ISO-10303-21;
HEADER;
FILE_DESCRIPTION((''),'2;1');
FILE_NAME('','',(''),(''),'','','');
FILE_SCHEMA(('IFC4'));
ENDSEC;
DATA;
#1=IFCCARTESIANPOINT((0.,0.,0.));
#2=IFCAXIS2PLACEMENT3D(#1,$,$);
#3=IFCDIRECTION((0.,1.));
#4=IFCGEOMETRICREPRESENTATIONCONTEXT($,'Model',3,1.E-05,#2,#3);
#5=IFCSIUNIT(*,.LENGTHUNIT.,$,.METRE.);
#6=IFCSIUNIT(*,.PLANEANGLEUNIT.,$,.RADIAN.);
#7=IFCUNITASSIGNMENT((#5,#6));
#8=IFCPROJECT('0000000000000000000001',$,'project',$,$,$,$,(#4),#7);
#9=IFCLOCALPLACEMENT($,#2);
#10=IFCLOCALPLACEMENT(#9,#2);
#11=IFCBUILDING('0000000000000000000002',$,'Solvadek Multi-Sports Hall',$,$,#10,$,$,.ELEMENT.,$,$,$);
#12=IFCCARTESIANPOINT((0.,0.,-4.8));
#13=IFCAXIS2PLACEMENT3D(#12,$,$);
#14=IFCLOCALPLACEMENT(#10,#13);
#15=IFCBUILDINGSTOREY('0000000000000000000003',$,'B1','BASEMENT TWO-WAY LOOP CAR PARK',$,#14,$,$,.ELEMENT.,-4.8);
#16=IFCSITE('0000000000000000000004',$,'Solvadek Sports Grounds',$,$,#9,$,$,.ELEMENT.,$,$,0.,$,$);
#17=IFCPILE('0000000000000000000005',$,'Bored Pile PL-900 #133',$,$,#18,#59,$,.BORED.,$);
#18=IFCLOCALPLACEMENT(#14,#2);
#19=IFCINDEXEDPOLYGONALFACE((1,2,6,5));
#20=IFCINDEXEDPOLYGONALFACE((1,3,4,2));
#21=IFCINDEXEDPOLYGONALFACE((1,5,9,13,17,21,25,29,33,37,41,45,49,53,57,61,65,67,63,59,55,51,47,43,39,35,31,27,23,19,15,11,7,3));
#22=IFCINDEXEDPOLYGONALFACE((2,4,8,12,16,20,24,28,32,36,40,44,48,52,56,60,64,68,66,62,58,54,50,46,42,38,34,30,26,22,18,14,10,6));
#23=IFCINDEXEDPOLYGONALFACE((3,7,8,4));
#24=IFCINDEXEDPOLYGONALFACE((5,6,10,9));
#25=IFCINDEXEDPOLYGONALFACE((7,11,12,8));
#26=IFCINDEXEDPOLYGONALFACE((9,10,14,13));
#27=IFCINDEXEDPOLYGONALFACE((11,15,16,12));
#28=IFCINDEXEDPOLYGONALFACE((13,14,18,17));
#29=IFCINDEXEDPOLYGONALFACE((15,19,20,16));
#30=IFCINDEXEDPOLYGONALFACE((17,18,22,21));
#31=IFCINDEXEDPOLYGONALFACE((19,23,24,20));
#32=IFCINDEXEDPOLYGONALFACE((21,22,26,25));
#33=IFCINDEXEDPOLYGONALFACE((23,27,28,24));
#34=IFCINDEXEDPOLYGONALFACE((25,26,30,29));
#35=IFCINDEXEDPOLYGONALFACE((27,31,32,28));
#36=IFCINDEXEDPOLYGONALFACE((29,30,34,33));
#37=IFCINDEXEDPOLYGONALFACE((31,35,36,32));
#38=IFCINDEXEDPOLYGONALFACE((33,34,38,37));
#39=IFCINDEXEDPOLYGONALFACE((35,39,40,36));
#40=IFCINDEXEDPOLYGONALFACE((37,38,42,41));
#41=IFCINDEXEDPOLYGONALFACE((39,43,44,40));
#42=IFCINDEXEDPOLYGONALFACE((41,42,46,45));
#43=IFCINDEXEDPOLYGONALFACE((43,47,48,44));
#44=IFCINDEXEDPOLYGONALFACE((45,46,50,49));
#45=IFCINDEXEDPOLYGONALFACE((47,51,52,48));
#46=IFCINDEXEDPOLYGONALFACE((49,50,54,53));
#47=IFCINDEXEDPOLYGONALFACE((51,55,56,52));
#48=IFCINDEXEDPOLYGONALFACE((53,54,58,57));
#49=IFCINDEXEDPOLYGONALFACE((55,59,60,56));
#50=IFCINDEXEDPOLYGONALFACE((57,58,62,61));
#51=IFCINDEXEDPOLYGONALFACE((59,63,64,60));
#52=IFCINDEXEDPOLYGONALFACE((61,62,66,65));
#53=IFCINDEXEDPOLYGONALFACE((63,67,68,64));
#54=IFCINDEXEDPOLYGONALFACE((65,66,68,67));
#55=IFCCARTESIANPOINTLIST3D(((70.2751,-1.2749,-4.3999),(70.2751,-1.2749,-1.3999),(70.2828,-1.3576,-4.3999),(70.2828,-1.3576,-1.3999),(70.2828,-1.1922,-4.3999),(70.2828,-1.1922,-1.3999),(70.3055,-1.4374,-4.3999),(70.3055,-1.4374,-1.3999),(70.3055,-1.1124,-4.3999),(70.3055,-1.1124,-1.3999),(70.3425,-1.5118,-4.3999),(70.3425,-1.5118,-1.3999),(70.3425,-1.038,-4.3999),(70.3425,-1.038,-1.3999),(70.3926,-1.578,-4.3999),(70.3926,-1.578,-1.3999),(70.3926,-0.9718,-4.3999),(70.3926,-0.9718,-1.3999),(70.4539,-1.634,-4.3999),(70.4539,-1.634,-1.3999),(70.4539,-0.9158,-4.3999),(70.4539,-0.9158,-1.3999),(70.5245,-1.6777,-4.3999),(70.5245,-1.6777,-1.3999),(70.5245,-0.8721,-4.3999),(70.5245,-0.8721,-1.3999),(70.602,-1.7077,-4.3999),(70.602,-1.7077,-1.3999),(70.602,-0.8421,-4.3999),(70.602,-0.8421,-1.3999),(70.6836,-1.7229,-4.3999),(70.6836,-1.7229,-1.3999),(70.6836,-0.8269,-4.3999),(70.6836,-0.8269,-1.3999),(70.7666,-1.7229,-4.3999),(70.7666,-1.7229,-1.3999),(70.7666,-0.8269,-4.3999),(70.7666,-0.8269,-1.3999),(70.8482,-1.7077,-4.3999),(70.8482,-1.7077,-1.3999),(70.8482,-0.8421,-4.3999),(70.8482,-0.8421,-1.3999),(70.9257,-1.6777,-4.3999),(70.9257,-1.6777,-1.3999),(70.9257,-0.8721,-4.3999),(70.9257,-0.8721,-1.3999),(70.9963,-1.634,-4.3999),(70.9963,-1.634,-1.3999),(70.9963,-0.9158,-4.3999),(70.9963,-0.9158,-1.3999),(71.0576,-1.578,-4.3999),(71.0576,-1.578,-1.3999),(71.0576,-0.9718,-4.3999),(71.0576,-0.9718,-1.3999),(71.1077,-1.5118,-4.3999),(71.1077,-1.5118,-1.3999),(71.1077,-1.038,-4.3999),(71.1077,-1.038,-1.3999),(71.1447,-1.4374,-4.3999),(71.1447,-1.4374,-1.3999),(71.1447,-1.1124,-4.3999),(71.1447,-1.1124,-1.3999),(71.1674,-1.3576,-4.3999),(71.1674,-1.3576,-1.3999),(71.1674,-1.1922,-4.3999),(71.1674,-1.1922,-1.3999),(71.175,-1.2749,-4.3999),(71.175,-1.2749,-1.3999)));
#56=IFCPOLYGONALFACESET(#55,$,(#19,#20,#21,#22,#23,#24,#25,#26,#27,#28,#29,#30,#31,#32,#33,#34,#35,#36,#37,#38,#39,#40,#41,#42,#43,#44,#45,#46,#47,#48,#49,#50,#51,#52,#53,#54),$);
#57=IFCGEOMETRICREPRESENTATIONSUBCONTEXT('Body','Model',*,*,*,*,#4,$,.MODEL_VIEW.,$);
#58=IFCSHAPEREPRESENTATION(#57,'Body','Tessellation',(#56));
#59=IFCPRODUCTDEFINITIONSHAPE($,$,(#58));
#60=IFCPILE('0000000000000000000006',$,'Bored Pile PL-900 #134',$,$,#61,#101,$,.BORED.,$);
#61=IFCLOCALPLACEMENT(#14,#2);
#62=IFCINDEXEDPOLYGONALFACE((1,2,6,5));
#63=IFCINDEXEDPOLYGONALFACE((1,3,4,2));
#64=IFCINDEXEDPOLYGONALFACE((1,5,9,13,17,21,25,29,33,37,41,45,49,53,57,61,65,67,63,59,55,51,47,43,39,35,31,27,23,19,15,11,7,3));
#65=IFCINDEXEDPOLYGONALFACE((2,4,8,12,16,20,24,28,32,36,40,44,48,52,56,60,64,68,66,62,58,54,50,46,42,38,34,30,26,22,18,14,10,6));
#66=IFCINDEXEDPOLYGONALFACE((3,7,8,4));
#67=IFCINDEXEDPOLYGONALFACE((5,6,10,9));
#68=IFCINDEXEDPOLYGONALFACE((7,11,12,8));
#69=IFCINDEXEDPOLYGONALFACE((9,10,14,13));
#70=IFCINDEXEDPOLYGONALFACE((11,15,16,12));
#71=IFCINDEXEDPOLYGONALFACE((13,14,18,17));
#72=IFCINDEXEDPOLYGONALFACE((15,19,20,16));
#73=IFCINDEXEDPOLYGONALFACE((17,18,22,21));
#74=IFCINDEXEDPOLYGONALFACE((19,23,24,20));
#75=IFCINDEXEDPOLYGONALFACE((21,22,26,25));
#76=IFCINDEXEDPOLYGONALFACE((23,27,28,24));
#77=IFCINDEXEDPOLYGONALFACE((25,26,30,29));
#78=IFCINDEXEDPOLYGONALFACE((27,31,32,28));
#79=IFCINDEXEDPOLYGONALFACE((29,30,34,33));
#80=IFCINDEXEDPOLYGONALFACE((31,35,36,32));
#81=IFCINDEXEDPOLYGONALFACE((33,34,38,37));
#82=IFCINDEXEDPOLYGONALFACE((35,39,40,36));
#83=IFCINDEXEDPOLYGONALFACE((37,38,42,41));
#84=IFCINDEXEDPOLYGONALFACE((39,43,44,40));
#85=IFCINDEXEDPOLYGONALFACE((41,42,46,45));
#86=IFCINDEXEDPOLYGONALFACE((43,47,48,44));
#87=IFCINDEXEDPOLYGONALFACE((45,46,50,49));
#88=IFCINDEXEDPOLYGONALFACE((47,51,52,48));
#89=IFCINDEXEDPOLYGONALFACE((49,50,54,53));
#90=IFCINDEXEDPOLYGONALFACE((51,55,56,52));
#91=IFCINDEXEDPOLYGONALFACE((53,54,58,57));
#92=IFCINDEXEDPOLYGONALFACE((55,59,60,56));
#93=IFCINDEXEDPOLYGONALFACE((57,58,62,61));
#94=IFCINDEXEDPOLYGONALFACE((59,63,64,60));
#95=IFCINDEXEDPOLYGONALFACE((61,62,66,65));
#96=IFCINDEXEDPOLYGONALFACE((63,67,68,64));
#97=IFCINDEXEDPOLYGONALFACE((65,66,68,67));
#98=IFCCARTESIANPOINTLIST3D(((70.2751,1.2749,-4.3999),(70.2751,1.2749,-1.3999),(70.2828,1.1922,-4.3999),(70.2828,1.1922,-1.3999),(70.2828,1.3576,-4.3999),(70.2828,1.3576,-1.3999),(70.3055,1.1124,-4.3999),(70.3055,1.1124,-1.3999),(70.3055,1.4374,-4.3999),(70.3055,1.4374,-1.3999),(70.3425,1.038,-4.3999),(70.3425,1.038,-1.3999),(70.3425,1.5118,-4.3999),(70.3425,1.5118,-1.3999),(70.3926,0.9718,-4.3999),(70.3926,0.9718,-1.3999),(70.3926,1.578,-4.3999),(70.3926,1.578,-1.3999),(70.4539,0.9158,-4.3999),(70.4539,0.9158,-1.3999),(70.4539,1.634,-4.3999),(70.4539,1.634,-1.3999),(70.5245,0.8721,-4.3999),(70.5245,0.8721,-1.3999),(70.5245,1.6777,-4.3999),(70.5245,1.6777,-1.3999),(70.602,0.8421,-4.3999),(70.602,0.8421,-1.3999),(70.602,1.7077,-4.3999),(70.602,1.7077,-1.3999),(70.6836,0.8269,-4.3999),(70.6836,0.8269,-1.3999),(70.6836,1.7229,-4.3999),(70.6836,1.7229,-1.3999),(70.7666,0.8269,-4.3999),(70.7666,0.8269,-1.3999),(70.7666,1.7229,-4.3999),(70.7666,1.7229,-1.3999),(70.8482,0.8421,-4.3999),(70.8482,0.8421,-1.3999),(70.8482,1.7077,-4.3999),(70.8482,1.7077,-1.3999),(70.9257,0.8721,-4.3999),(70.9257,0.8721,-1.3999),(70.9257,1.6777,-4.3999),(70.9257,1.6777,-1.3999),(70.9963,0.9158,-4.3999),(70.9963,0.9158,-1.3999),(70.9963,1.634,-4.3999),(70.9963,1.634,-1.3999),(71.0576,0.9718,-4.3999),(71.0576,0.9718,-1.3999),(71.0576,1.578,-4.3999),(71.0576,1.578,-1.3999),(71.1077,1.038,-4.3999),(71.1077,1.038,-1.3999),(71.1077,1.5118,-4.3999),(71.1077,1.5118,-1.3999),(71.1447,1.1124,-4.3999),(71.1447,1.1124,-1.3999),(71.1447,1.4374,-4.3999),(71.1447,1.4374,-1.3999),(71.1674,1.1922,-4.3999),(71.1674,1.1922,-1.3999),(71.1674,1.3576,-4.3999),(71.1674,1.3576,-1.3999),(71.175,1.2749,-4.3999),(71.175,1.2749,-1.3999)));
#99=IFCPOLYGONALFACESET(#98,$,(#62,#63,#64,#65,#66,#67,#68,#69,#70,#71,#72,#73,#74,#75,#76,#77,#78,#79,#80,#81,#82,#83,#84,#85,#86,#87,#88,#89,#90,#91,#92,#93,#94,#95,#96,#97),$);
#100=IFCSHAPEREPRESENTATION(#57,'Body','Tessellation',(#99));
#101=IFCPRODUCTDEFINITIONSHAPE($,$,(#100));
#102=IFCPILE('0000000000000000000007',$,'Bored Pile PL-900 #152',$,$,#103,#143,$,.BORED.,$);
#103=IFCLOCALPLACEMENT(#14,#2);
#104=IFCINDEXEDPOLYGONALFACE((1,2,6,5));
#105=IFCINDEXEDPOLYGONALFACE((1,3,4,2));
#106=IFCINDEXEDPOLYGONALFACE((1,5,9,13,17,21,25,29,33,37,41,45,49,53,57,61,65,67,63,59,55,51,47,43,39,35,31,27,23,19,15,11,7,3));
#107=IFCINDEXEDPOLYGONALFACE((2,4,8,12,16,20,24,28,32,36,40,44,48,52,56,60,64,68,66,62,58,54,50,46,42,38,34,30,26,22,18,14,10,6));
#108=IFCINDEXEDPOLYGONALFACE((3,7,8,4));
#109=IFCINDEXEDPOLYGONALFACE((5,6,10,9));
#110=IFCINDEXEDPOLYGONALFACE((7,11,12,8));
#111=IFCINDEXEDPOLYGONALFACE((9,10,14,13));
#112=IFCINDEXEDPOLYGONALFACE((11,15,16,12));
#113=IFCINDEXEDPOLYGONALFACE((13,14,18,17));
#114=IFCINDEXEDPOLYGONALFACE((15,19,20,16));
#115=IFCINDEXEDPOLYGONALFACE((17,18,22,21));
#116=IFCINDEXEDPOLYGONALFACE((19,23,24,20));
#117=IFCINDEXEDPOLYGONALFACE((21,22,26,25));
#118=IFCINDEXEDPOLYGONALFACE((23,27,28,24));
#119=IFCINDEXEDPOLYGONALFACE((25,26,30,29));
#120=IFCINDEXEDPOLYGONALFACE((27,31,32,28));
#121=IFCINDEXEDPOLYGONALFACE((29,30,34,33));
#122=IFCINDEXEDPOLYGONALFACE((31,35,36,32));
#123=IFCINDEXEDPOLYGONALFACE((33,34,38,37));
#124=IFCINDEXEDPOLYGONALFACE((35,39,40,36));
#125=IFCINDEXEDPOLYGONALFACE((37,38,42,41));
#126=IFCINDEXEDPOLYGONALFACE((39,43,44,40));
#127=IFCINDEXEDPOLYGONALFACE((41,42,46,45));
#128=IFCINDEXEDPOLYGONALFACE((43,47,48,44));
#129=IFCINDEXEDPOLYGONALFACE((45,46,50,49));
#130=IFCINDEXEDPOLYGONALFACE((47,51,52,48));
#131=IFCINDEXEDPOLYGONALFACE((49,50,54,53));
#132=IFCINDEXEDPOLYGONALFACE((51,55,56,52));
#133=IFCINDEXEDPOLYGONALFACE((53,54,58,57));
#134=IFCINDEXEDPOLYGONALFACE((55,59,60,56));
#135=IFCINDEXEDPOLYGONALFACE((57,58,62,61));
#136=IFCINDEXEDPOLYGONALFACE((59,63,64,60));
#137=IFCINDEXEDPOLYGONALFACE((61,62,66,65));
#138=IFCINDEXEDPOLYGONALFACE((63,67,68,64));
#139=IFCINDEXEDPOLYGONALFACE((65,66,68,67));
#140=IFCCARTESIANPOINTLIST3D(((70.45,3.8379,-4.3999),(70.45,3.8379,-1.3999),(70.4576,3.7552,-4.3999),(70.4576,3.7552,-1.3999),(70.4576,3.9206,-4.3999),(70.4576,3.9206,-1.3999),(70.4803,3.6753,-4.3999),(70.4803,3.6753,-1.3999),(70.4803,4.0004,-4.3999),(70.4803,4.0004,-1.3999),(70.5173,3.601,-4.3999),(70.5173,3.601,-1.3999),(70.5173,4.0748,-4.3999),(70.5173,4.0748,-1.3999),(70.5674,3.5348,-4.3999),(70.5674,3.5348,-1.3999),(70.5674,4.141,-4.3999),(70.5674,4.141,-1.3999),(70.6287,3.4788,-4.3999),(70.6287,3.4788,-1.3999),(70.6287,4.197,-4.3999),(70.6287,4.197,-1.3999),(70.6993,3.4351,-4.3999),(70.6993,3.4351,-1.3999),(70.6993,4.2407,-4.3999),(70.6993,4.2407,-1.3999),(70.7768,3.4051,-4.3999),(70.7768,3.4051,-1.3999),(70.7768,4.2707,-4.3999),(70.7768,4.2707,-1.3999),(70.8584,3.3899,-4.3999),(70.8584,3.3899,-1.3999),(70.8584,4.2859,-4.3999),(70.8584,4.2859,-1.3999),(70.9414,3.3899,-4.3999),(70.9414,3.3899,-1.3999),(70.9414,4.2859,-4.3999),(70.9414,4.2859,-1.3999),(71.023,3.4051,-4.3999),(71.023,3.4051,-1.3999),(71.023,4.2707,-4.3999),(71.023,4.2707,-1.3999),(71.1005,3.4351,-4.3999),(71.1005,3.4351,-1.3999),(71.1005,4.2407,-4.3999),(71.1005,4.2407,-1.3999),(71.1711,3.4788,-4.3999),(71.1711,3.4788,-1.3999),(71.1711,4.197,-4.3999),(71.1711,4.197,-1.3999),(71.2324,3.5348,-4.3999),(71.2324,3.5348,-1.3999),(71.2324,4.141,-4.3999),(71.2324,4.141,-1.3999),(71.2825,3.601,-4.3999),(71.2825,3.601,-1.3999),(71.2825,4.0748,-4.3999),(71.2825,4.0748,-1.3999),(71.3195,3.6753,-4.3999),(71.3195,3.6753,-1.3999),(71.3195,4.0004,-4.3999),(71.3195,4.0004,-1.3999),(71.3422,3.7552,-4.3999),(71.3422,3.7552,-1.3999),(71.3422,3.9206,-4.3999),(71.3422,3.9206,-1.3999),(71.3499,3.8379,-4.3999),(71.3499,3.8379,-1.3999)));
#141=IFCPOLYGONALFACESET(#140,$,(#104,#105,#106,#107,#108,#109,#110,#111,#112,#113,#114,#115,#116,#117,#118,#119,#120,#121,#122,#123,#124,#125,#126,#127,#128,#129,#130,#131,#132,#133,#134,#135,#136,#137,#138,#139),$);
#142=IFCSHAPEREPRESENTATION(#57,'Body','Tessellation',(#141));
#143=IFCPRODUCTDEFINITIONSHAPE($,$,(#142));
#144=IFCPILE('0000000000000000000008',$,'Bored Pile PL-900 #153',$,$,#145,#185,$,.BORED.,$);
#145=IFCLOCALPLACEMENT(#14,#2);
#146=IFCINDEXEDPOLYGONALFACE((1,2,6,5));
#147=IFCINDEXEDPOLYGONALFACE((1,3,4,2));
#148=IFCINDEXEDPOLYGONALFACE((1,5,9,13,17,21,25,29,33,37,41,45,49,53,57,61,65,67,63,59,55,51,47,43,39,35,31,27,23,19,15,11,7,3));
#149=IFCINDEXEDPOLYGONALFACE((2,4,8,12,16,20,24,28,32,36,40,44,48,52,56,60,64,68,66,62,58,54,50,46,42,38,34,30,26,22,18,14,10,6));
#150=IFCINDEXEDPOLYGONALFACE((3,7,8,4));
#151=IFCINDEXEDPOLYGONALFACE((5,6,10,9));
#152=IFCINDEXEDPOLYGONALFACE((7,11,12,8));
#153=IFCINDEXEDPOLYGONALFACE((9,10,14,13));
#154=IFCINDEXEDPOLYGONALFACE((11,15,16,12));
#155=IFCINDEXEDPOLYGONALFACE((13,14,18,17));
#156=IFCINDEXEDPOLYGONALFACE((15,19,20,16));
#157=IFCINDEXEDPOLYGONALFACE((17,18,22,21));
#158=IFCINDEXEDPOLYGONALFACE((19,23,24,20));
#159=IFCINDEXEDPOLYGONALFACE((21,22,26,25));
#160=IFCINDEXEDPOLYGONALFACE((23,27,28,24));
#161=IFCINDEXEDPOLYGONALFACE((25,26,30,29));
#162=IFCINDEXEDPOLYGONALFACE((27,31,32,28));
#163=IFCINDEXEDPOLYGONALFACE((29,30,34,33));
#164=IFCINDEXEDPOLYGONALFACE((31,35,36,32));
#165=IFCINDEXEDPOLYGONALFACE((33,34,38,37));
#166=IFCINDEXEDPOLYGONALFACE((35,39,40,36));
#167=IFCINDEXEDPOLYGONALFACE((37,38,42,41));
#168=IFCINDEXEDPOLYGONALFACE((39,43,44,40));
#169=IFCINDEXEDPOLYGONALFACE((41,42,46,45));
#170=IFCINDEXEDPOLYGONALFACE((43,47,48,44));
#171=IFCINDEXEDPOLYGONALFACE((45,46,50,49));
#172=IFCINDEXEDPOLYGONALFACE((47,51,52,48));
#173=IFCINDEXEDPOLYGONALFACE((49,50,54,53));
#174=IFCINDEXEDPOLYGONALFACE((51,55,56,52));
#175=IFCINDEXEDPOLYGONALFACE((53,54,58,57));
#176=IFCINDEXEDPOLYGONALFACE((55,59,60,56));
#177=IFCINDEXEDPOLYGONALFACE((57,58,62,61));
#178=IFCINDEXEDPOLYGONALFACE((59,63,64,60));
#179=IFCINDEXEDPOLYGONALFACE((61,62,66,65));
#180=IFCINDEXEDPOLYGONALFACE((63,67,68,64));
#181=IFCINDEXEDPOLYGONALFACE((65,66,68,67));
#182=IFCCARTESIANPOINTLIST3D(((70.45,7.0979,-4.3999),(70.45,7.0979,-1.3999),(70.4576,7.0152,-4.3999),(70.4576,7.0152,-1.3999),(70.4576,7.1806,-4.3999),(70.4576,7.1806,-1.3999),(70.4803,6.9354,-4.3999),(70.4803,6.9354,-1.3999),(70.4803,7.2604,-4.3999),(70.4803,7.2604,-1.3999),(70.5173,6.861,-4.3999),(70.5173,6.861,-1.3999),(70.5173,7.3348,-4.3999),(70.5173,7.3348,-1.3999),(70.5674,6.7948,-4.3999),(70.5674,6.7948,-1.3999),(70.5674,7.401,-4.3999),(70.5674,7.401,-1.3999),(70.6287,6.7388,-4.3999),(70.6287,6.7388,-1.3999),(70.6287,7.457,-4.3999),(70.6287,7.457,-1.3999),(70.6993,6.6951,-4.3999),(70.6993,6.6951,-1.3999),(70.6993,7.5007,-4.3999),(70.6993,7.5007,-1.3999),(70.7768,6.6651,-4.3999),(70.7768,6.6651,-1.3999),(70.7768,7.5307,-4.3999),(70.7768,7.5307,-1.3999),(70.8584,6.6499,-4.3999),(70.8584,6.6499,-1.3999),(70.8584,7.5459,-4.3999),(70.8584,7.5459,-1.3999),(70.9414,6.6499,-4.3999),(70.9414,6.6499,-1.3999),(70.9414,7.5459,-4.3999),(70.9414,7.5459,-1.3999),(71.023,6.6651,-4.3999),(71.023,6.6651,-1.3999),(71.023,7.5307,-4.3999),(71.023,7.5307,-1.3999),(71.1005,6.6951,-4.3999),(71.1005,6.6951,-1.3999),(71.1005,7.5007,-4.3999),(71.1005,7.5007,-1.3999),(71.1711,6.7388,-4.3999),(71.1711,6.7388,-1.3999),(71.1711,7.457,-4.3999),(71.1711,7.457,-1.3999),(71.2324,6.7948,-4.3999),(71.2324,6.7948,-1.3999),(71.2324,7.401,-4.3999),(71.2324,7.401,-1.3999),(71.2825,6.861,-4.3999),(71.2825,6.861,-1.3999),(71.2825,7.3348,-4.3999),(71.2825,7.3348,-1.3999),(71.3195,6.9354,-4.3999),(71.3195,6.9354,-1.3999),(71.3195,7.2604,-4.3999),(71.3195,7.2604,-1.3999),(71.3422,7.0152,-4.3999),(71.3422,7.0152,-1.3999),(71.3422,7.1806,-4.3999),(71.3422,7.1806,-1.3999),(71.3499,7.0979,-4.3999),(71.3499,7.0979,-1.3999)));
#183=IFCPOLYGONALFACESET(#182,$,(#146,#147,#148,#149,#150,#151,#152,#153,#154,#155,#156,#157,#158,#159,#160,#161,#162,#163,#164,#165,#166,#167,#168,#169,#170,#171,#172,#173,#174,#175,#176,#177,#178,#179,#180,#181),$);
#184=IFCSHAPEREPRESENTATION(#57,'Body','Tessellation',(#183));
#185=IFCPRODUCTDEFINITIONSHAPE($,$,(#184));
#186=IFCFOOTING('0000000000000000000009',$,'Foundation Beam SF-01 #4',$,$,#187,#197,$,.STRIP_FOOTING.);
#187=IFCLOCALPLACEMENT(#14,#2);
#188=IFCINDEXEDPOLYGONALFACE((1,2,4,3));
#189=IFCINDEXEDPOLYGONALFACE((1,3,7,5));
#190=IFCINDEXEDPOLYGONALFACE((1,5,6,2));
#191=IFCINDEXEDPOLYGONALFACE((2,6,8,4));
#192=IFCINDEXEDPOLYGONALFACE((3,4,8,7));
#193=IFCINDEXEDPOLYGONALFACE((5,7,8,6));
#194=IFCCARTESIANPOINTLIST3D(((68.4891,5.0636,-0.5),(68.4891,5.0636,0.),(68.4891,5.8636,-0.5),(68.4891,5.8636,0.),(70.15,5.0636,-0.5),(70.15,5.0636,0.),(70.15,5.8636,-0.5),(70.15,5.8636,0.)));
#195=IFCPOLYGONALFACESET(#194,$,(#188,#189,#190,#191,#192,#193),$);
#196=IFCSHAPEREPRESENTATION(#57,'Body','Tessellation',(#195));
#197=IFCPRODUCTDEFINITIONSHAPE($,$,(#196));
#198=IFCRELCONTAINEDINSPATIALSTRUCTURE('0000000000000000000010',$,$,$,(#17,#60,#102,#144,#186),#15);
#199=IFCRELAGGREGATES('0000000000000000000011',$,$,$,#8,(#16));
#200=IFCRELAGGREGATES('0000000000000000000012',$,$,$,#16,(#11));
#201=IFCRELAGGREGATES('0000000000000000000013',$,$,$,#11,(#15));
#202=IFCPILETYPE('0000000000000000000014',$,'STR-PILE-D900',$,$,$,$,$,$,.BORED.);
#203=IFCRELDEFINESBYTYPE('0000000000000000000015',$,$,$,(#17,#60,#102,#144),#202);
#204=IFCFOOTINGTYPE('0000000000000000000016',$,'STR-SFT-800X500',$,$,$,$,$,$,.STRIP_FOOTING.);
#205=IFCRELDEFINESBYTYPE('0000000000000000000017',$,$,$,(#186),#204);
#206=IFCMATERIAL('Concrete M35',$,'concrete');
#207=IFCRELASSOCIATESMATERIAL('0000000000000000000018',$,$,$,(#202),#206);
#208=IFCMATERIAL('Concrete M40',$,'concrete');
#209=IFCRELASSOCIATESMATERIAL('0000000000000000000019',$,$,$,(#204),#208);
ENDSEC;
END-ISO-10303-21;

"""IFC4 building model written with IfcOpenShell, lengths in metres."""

from ifc_helpers import new_model, si_unit, direction, frame, origin, origin_2d, place, context, subcontext, project, spatial, rectangle, circle, extrude, material, material_profile, profile_set, type_object, element, save


model = new_model("IFC4")

# Units and contexts
model_context = context("Model", 3, precision=1e-05, world=origin(), true_north=direction((0.0, 1.0)))
body_context = subcontext(model_context, "Body", "Model", "MODEL_VIEW")
ifc_project = project(units=[si_unit("LENGTHUNIT", "METRE"), si_unit("PLANEANGLEUNIT", "RADIAN")], contexts=[model_context])

# Site, building, storey
site_placement = place(None, origin())
site = spatial("IfcSite", under=ifc_project, at=site_placement, Name="Solvadek Sports Grounds", CompositionType="ELEMENT", RefElevation=0.0)
building_placement = place(site_placement, origin())
building = spatial("IfcBuilding", under=site, at=building_placement, Name="Solvadek Multi-Sports Hall", CompositionType="ELEMENT")
storey_placement = place(building_placement, frame((0.0, 0.0, -4.8)))
storey = spatial("IfcBuildingStorey", under=building, at=storey_placement, Name="B1", Description="BASEMENT TWO-WAY LOOP CAR PARK", CompositionType="ELEMENT", Elevation=-4.8)

# Shared definitions
ifc_material_1 = material(Name="Concrete M40", Category="concrete")

# Piles
ifc_material_2 = material(Name="Concrete M35", Category="concrete")
ifc_material_profile_1 = material_profile(ifc_material_2, circle(Radius=0.45, at=origin_2d()), Name="BORED PILE D900")
ifc_profile_set_1 = profile_set([ifc_material_profile_1], Name="Concrete M35")
pile_type_1 = type_object("IfcPileType", Name="STR-PILE-D900", PredefinedType="BORED", material=ifc_profile_set_1)
for number, where, z_axis, x_axis, name in (
    (1, (70.7251, -1.2749, -1.3999), (0.0, 0.0, -1.0), (1.0, 0.0, 0.0), "Bored Pile PL-900 #133"),
    (2, (70.7251, 1.2749, -1.3999), (0.0, 0.0, -1.0), (1.0, 0.0, 0.0), "Bored Pile PL-900 #134"),
    (3, (70.8999, 3.8379, -1.3999), (0.0, 0.0, -1.0), (1.0, 0.0, 0.0), "Bored Pile PL-900 #152"),
    (4, (70.8999, 7.0979, -1.3999), (0.0, 0.0, -1.0), (1.0, 0.0, 0.0), "Bored Pile PL-900 #153"),
):
    element("IfcPile", number, at=place(storey_placement, frame(where, z_axis=z_axis, x_axis=x_axis)), inside=storey, type_object=pile_type_1, Name=name, PredefinedType="BORED", context=body_context, shape_type="SweptSolid", body=[
        extrude(circle(Radius=0.45, at=origin_2d()), origin(), (0.0, 0.0, 1.0), 3.0),
    ])

# Footing
footing_type_1 = type_object("IfcFootingType", Name="STR-SFT-800X500", PredefinedType="STRIP_FOOTING", material=ifc_material_1)
footing_1_placement = place(storey_placement, frame((69.3196, 5.4636, -0.5), z_axis=(0.0, 0.0, 1.0), x_axis=(1.0, 0.0, 0.0)))
element("IfcFooting", 5, at=footing_1_placement, inside=storey, type_object=footing_type_1, Name="Foundation Beam SF-01 #4", PredefinedType="STRIP_FOOTING", context=body_context, shape_type="SweptSolid", body=[
    extrude(rectangle(XDim=1.6609, YDim=0.8, at=origin_2d()), origin(), (0.0, 0.0, 1.0), 0.5),
])

save(model, "model.ifc")
